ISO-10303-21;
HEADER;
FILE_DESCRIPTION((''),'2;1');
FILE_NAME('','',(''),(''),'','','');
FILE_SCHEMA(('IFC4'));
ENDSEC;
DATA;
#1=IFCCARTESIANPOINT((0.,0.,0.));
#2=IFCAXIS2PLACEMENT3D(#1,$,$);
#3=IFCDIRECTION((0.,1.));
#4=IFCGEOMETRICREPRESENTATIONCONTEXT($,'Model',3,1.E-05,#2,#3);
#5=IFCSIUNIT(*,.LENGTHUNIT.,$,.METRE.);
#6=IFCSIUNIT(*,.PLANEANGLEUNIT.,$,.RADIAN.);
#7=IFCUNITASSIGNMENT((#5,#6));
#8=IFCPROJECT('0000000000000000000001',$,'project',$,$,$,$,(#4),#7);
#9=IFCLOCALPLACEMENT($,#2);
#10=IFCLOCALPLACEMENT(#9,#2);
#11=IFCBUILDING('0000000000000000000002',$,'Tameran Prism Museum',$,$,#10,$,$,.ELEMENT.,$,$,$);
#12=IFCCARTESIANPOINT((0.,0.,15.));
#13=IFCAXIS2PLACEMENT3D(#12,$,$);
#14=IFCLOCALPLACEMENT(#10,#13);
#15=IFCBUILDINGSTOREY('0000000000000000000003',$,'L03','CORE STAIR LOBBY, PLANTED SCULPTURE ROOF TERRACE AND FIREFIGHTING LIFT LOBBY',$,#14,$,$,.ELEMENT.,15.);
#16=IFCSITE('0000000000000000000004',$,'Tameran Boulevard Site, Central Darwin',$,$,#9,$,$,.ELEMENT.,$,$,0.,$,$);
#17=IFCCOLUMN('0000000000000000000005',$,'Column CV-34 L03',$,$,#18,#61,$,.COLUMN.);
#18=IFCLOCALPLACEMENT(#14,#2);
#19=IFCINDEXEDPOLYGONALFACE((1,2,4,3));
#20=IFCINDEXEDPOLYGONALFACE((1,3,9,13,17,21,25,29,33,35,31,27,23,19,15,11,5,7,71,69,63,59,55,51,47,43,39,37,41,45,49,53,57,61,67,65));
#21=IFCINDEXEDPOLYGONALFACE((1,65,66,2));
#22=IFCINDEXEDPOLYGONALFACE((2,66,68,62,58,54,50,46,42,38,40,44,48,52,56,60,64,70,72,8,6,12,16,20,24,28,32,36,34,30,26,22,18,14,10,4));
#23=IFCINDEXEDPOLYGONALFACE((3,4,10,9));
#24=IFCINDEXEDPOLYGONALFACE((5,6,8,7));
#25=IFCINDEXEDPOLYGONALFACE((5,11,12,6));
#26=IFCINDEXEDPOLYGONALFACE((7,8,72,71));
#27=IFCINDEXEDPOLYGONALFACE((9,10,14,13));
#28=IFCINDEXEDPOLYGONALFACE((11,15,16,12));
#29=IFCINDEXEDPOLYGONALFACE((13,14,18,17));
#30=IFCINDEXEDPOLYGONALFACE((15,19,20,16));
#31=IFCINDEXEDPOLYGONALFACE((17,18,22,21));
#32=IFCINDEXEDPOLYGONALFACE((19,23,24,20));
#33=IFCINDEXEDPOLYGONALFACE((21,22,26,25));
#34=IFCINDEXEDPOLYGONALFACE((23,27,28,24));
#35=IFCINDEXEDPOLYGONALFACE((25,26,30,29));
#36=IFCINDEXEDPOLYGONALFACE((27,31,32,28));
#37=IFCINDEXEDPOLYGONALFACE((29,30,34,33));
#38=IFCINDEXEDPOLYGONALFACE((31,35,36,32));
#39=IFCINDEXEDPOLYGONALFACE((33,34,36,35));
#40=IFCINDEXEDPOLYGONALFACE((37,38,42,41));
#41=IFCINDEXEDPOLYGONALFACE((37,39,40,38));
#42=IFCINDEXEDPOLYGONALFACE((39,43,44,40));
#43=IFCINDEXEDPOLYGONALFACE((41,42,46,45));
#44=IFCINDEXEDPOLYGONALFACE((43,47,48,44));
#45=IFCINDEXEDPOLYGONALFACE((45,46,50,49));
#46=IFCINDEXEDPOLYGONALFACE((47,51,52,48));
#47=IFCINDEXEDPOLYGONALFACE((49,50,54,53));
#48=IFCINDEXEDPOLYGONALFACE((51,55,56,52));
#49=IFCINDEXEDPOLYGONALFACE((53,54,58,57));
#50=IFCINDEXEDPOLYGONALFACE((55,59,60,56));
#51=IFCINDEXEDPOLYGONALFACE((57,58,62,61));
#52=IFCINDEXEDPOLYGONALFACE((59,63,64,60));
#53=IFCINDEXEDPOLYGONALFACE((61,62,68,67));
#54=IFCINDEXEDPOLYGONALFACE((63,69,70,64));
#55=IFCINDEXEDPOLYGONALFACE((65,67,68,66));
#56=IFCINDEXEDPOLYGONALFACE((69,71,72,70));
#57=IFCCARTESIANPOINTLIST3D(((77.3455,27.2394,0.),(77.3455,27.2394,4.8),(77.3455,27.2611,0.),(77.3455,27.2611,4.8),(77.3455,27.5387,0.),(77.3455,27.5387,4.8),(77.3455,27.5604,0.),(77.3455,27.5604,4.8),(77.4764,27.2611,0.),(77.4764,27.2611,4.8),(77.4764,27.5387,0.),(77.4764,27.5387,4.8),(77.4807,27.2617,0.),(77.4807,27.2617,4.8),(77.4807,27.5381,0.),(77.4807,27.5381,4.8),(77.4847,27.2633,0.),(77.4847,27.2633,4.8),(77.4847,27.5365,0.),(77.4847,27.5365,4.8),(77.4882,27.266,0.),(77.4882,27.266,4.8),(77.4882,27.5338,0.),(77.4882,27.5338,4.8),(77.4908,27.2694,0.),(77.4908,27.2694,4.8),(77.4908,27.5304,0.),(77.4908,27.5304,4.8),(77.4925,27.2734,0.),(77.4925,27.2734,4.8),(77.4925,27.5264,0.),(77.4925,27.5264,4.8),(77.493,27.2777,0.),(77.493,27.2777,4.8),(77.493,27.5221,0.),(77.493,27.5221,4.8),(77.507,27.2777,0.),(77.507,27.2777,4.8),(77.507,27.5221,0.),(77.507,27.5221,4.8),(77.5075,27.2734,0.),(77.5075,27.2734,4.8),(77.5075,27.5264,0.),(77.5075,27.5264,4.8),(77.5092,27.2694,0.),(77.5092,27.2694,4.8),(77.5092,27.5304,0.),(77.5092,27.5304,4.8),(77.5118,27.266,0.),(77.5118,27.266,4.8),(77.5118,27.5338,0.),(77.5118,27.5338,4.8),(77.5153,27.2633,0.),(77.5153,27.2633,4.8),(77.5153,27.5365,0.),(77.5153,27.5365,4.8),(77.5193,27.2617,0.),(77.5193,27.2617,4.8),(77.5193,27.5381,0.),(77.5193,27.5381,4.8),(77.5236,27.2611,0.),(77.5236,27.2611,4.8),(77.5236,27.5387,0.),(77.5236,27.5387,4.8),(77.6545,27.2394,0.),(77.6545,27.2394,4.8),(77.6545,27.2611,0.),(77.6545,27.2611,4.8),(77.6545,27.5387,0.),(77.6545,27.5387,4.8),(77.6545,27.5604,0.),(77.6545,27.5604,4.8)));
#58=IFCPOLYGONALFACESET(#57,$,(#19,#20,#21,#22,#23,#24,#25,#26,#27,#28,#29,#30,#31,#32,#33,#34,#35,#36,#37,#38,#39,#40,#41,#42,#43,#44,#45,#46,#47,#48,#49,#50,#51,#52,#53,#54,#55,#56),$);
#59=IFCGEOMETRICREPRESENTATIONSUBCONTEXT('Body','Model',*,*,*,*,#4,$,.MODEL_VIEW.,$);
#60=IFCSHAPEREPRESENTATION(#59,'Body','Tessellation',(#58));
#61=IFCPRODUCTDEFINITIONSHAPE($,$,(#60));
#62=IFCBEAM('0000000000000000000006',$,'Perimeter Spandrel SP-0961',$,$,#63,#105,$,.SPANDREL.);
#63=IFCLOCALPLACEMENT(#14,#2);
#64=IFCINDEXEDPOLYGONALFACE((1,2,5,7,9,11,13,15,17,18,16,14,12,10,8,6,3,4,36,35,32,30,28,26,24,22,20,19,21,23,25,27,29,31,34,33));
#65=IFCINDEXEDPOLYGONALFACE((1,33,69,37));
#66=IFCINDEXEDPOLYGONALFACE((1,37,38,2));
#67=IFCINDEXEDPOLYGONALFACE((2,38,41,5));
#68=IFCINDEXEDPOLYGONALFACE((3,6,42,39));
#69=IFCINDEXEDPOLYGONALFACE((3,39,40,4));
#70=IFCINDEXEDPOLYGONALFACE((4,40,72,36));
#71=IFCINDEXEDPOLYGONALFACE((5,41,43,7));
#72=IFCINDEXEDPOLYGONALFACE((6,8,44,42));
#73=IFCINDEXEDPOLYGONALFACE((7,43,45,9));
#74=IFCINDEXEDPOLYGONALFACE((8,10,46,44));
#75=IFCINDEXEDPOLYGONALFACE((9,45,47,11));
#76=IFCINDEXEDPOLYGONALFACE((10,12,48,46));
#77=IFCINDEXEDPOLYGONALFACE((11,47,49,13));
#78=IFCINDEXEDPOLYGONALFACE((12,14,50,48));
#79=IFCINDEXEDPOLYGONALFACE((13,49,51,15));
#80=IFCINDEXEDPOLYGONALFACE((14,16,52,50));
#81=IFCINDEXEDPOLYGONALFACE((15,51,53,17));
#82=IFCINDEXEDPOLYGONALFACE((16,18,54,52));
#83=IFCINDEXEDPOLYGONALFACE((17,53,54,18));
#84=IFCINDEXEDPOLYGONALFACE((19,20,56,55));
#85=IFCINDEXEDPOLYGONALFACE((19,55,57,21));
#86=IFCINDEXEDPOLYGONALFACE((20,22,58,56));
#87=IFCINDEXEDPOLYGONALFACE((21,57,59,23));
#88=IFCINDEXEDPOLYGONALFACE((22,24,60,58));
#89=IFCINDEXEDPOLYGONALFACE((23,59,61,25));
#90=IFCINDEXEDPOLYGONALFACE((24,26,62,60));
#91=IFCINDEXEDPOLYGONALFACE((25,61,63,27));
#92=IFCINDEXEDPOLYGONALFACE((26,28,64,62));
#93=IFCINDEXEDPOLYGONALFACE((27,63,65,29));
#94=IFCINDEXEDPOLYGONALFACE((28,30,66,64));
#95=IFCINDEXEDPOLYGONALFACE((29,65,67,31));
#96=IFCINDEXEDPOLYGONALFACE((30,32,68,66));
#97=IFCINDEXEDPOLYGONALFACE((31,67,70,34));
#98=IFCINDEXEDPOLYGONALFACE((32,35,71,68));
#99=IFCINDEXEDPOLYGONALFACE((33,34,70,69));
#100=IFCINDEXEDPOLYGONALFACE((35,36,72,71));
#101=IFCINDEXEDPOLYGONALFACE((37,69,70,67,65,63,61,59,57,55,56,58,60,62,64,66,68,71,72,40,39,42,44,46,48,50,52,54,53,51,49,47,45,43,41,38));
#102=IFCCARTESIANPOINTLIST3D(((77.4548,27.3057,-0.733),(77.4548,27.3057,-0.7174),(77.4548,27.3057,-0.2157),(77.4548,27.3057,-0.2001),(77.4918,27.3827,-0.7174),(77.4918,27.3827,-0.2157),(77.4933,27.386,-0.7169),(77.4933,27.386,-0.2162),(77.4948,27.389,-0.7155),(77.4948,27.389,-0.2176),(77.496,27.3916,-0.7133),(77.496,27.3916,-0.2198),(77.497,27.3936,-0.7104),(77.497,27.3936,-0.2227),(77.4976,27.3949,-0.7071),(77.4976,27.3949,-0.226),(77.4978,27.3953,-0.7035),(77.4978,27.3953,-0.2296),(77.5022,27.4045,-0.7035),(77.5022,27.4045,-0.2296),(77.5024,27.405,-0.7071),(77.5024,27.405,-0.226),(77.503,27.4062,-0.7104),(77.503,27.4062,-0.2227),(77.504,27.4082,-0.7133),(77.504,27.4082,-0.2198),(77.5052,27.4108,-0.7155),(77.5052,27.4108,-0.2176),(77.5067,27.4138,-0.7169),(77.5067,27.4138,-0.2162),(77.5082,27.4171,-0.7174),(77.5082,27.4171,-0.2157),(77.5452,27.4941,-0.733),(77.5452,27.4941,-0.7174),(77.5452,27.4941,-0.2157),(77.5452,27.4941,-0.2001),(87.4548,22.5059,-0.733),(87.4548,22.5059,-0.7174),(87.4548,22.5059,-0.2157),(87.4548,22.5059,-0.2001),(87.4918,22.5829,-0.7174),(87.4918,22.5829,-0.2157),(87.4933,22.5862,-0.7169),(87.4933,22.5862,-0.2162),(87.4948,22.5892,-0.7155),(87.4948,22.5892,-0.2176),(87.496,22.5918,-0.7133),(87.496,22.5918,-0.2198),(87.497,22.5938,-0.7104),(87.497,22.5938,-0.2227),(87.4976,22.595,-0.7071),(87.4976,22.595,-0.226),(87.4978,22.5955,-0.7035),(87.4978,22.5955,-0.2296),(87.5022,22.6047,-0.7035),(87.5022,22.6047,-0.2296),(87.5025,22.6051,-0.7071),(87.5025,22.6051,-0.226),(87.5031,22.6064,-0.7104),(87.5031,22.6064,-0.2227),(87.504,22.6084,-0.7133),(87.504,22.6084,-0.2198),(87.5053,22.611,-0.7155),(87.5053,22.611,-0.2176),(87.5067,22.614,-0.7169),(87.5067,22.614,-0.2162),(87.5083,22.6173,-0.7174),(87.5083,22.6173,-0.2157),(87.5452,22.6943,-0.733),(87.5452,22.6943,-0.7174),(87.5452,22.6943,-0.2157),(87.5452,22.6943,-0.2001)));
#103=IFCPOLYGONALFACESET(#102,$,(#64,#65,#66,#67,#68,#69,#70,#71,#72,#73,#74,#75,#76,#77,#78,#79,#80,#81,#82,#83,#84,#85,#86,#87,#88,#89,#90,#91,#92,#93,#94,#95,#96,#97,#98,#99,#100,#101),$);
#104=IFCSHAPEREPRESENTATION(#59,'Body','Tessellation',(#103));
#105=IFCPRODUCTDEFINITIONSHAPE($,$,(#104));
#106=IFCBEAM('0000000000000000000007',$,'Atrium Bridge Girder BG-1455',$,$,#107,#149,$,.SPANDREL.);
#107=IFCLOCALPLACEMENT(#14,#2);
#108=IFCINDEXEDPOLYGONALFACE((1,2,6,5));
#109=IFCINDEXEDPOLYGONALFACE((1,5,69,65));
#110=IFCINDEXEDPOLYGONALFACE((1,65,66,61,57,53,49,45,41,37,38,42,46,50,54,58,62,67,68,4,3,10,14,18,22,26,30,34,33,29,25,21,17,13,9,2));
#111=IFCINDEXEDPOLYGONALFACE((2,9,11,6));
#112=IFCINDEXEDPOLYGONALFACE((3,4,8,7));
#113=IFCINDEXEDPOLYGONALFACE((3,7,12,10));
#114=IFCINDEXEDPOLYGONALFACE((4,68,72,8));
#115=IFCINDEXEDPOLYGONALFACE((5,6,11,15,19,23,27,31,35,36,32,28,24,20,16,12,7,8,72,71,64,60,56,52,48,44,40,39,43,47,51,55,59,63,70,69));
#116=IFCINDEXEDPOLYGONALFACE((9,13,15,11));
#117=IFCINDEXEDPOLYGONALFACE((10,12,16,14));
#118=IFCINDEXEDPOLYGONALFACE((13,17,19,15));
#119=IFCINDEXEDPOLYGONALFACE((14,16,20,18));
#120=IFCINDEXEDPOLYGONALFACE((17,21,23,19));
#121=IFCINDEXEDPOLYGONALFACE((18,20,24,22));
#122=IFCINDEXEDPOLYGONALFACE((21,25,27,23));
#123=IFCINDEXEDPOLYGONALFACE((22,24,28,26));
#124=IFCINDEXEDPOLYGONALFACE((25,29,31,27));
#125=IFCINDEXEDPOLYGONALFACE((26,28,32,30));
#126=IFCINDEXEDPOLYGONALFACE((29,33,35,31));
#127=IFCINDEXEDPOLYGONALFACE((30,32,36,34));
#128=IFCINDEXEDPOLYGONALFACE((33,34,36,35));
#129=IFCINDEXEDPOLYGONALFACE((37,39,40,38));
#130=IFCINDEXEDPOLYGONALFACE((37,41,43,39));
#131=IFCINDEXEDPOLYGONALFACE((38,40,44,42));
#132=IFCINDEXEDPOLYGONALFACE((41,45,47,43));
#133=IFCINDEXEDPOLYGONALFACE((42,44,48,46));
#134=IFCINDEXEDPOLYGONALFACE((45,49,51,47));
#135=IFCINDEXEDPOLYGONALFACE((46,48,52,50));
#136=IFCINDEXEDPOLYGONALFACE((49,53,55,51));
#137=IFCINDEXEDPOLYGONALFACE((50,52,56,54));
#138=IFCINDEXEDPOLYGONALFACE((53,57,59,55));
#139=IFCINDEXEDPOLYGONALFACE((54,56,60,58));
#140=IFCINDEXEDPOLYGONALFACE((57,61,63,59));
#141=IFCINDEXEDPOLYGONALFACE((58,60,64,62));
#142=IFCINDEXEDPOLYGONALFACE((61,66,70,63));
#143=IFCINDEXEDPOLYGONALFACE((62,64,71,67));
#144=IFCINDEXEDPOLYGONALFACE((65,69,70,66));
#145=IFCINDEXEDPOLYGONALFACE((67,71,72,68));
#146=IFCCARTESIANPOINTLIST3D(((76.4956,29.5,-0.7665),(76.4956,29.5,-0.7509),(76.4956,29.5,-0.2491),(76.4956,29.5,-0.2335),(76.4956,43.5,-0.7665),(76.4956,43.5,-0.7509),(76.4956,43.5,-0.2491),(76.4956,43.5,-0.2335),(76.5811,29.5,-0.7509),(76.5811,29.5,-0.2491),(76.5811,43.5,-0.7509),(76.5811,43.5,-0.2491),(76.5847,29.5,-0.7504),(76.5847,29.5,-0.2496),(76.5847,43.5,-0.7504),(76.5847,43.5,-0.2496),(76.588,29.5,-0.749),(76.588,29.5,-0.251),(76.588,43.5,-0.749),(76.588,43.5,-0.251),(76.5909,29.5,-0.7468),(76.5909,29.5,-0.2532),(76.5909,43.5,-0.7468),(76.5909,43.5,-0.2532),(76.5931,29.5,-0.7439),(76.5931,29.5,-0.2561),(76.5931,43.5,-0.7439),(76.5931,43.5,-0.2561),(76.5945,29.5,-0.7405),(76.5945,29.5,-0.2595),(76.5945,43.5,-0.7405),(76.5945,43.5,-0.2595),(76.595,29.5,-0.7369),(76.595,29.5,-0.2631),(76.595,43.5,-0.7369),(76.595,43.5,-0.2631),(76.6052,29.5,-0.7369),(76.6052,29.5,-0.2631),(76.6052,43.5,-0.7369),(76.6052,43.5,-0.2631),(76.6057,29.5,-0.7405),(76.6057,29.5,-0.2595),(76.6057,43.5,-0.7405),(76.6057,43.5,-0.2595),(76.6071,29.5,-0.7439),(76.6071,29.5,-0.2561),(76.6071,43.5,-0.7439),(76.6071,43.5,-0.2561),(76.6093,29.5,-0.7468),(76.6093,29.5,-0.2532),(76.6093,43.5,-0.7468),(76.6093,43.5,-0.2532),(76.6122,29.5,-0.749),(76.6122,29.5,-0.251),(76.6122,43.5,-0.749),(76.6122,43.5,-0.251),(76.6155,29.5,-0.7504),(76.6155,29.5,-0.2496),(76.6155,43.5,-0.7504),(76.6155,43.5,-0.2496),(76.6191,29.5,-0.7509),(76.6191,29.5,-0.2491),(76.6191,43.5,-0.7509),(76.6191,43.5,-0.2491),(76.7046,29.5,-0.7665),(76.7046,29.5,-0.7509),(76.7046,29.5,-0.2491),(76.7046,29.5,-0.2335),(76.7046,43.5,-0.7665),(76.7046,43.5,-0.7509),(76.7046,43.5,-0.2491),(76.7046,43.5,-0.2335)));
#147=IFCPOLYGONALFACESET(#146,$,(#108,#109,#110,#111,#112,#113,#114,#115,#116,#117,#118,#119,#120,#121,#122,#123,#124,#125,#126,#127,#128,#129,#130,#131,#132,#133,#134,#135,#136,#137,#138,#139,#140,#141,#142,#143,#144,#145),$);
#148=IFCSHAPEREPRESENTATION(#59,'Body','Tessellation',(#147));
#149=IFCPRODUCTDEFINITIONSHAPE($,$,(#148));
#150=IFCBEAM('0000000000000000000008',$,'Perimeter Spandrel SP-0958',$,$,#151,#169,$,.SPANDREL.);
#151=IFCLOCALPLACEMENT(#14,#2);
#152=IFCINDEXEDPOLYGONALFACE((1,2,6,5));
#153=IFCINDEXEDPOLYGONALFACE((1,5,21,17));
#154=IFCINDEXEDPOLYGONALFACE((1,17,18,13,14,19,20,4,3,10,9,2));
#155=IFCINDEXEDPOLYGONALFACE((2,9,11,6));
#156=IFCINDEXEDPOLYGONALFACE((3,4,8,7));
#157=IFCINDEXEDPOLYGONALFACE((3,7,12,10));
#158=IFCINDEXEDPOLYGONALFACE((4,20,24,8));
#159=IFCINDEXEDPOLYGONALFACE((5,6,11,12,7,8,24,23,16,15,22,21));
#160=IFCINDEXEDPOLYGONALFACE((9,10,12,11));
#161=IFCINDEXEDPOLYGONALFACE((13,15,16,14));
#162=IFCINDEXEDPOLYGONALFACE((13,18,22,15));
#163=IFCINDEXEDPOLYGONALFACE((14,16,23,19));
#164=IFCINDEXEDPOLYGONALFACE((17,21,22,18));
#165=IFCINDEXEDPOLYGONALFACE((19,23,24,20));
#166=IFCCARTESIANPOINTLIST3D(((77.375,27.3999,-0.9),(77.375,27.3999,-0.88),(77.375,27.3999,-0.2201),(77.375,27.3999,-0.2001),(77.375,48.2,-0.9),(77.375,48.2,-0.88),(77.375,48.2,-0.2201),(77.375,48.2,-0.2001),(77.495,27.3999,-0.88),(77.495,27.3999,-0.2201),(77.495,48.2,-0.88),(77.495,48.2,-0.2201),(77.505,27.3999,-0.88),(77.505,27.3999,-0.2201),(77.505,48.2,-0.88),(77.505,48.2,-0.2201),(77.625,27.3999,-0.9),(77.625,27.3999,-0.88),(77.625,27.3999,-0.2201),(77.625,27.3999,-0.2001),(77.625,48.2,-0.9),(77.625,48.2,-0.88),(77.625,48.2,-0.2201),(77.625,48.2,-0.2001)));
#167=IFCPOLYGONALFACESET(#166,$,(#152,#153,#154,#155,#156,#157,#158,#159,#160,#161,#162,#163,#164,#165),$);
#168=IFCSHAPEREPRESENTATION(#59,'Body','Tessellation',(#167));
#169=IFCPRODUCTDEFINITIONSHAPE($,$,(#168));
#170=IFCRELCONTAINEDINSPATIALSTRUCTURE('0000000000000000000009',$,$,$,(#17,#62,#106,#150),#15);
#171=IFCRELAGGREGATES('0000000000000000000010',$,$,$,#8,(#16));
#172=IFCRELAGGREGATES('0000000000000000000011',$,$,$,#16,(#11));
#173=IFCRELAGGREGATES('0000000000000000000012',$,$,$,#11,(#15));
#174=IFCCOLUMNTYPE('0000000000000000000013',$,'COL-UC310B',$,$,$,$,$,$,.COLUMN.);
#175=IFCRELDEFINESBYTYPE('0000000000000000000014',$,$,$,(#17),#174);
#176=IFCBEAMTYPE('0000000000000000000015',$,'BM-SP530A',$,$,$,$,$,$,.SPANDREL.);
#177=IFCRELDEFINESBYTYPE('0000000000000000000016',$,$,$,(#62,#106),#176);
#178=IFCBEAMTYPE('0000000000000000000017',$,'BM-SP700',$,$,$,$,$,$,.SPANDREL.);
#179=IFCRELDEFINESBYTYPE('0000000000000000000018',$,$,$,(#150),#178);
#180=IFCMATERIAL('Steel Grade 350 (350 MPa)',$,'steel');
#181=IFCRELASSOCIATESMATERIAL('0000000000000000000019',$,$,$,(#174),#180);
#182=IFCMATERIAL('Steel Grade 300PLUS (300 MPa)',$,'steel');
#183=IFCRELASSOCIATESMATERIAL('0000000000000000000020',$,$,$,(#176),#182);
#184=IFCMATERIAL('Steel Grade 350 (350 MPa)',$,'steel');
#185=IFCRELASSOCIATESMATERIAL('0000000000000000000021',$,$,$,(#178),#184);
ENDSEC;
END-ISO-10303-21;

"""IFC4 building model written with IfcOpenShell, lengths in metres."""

from ifc_helpers import new_model, si_unit, direction, frame, origin, origin_2d, place, context, subcontext, project, spatial, i_section, extrude, material, material_profile, profile_set, type_object, element, save


model = new_model("IFC4")

# Units and contexts
model_context = context("Model", 3, precision=1e-05, world=origin(), true_north=direction((0.0, 1.0)))
body_context = subcontext(model_context, "Body", "Model", "MODEL_VIEW")
ifc_project = project(units=[si_unit("LENGTHUNIT", "METRE"), si_unit("PLANEANGLEUNIT", "RADIAN")], contexts=[model_context])

# Site, building, storey
site_placement = place(None, origin())
site = spatial("IfcSite", under=ifc_project, at=site_placement, Name="Tameran Boulevard Site, Central Darwin", CompositionType="ELEMENT", RefElevation=0.0)
building_placement = place(site_placement, origin())
building = spatial("IfcBuilding", under=site, at=building_placement, Name="Tameran Prism Museum", CompositionType="ELEMENT")
storey_placement = place(building_placement, frame((0.0, 0.0, 15.0)))
storey = spatial("IfcBuildingStorey", under=building, at=storey_placement, Name="L03", Description="CORE STAIR LOBBY, PLANTED SCULPTURE ROOF TERRACE AND FIREFIGHTING LIFT LOBBY", CompositionType="ELEMENT", Elevation=15.0)

# Column
ifc_material_1 = material(Name="Steel Grade 350 (350 MPa)", Category="steel")
ifc_material_profile_1 = material_profile(ifc_material_1, i_section(OverallWidth=0.3091, OverallDepth=0.321, WebThickness=0.0139, FlangeThickness=0.0217, FilletRadius=0.0166, at=origin_2d()))
ifc_profile_set_1 = profile_set([ifc_material_profile_1])
column_type = type_object("IfcColumnType", Name="COL-UC310B", PredefinedType="COLUMN", material=ifc_profile_set_1)
column_placement = place(storey_placement, frame((77.5, 27.3999, 0.0), z_axis=(0.0, 0.0, 1.0), x_axis=(1.0, 0.0, 0.0)))
element("IfcColumn", 1, at=column_placement, inside=storey, type_object=column_type, Name="Column CV-34 L03", PredefinedType="COLUMN", context=body_context, shape_type="SweptSolid", body=[
    extrude(i_section(OverallWidth=0.3091, OverallDepth=0.321, WebThickness=0.0139, FlangeThickness=0.0217, FilletRadius=0.0166, at=origin_2d()), origin(), (0.0, 0.0, 1.0), 4.8),
])

# Beams
ifc_material_2 = material(Name="Steel Grade 300PLUS (300 MPa)", Category="steel")
ifc_material_profile_2 = material_profile(ifc_material_2, i_section(OverallWidth=0.209, OverallDepth=0.533, WebThickness=0.0103, FlangeThickness=0.0156, FilletRadius=0.0139, at=origin_2d()))
ifc_profile_set_2 = profile_set([ifc_material_profile_2])
beam_type_1 = type_object("IfcBeamType", Name="BM-SP530A", PredefinedType="SPANDREL", material=ifc_profile_set_2)
beam_1_placement = place(storey_placement, frame((77.5, 27.3999, -0.4666), z_axis=(0.90153, -0.432717, 0.0), x_axis=(0.432717, 0.90153, 0.0)))
element("IfcBeam", 2, at=beam_1_placement, inside=storey, type_object=beam_type_1, Name="Perimeter Spandrel SP-0961", PredefinedType="SPANDREL", context=body_context, shape_type="SweptSolid", body=[
    extrude(i_section(OverallWidth=0.209, OverallDepth=0.533, WebThickness=0.0103, FlangeThickness=0.0156, FilletRadius=0.0139, at=origin_2d()), origin(), (0.0, 0.0, 1.0), 11.0923),
])
beam_2_placement = place(storey_placement, frame((76.6001, 29.5, -0.5), z_axis=(0.0, 1.0, 0.0), x_axis=(-1.0, 0.0, 0.0)))
element("IfcBeam", 3, at=beam_2_placement, inside=storey, type_object=beam_type_1, Name="Atrium Bridge Girder BG-1455", PredefinedType="SPANDREL", context=body_context, shape_type="SweptSolid", body=[
    extrude(i_section(OverallWidth=0.209, OverallDepth=0.533, WebThickness=0.0103, FlangeThickness=0.0156, FilletRadius=0.0139, at=origin_2d()), origin(), (0.0, 0.0, 1.0), 14.0),
])
ifc_material_3 = material(Name="Steel Grade 350 (350 MPa)", Category="steel")
ifc_material_profile_3 = material_profile(ifc_material_3, i_section(OverallWidth=0.25, OverallDepth=0.7, WebThickness=0.01, FlangeThickness=0.02, at=origin_2d()))
ifc_profile_set_3 = profile_set([ifc_material_profile_3])
beam_type_2 = type_object("IfcBeamType", Name="BM-SP700", PredefinedType="SPANDREL", material=ifc_profile_set_3)
beam_3_placement = place(storey_placement, frame((77.5, 27.3999, -0.55), z_axis=(0.0, 1.0, 0.0), x_axis=(-1.0, 0.0, 0.0)))
element("IfcBeam", 4, at=beam_3_placement, inside=storey, type_object=beam_type_2, Name="Perimeter Spandrel SP-0958", PredefinedType="SPANDREL", context=body_context, shape_type="SweptSolid", body=[
    extrude(i_section(OverallWidth=0.25, OverallDepth=0.7, WebThickness=0.01, FlangeThickness=0.02, at=origin_2d()), origin(), (0.0, 0.0, 1.0), 20.8),
])

save(model, "model.ifc")
